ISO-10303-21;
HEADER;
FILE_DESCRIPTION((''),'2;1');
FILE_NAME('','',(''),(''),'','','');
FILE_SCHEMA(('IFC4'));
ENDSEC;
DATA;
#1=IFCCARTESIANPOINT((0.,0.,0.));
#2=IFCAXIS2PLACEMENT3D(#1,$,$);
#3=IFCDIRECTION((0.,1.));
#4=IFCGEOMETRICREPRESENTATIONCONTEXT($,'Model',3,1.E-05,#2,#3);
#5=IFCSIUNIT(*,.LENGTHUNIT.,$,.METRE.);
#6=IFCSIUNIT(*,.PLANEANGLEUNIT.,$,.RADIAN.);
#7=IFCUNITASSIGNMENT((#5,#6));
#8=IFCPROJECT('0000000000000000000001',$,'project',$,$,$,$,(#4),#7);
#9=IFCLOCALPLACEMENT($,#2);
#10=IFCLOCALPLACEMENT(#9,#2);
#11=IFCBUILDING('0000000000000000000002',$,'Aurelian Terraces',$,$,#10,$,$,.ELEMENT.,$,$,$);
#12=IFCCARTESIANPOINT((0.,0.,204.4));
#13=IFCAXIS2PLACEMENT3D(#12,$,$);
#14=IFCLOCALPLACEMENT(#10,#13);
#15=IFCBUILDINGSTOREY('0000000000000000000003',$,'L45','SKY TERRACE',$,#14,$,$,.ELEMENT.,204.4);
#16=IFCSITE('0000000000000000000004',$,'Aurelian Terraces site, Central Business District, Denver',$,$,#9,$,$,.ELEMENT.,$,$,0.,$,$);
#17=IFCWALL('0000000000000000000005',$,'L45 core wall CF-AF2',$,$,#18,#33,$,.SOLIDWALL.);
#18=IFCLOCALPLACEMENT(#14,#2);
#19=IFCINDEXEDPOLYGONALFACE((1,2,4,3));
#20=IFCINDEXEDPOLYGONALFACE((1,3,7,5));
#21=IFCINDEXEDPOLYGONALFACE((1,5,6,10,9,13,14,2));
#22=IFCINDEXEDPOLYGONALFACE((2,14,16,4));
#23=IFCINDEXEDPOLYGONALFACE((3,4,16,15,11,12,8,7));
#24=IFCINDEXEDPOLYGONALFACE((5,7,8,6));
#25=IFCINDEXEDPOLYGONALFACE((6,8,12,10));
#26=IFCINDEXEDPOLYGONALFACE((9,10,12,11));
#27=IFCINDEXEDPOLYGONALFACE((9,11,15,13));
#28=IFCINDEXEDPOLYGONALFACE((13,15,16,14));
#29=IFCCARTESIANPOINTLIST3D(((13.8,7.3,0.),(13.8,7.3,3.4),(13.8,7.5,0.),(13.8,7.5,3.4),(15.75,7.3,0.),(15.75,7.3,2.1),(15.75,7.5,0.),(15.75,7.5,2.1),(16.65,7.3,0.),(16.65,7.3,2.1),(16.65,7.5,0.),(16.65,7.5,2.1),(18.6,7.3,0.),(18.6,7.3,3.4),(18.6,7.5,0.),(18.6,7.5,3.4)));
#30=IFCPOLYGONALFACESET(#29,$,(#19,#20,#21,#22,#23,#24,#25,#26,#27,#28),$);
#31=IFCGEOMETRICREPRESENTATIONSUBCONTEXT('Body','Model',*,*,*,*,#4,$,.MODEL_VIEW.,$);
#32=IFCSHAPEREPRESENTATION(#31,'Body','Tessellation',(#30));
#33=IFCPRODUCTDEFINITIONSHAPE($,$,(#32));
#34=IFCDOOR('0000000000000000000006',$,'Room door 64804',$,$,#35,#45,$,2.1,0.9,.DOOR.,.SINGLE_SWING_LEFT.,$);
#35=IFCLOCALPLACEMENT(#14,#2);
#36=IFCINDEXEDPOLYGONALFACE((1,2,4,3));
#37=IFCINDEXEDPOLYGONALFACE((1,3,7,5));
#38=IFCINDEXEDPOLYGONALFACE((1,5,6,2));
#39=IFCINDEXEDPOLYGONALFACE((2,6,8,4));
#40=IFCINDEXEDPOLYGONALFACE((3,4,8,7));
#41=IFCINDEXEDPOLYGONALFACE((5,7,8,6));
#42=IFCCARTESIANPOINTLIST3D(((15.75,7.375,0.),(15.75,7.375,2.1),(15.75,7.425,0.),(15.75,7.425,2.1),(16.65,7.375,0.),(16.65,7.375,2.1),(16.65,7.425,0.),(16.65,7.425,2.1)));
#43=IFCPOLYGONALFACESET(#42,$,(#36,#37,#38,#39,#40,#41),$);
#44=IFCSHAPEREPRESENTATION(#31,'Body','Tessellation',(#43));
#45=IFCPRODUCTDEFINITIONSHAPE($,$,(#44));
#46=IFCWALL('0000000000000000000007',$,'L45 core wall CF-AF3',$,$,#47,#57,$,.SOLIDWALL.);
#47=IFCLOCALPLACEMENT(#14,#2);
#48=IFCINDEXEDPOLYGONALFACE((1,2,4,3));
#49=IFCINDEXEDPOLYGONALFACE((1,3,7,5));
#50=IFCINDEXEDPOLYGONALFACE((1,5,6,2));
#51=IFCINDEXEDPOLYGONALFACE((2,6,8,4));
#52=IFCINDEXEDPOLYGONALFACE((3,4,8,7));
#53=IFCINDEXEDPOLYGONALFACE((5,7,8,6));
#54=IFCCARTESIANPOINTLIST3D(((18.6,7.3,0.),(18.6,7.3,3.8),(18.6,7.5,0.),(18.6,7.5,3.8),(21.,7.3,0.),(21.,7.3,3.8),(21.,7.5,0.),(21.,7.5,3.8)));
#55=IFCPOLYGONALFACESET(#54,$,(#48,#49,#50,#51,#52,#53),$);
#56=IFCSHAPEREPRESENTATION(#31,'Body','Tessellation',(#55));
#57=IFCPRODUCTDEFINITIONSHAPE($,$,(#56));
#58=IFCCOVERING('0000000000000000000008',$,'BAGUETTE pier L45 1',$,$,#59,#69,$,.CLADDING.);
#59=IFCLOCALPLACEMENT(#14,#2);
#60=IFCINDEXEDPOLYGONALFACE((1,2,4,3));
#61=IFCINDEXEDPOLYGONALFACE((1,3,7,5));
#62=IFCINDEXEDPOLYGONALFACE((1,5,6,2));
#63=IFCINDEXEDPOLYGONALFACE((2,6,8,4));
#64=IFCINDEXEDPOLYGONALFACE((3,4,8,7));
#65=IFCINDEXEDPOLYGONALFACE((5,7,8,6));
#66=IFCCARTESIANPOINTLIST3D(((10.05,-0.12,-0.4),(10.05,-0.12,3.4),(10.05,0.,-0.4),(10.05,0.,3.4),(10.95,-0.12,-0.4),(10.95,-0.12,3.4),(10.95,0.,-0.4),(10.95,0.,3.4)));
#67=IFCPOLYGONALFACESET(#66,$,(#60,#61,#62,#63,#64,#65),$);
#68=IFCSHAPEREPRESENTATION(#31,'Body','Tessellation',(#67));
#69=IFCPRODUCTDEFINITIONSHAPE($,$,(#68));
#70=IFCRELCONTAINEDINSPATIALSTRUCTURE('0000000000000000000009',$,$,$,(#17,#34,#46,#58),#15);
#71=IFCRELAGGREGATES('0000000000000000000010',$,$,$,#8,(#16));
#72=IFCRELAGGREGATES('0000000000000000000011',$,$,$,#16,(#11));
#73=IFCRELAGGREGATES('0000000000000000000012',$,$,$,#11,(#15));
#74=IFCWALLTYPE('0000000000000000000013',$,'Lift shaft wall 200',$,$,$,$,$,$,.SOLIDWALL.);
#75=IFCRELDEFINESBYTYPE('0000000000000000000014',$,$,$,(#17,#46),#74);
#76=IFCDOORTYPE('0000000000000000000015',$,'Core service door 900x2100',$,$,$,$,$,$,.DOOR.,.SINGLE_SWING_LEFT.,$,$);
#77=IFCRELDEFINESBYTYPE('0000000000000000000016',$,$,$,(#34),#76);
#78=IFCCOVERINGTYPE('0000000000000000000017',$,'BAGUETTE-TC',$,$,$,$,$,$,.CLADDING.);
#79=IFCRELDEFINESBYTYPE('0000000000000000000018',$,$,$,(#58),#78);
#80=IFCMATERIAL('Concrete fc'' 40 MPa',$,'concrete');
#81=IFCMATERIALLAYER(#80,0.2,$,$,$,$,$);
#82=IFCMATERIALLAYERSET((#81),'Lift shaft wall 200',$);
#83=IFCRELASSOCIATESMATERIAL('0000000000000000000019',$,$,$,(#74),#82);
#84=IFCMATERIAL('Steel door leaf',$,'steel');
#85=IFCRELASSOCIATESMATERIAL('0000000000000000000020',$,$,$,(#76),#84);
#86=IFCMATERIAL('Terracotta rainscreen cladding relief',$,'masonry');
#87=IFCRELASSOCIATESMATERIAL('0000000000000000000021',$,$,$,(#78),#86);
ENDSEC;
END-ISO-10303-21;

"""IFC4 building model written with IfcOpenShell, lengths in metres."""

from ifc_helpers import new_model, si_unit, direction, frame, frame_2d, origin, origin_2d, place, context, subcontext, project, spatial, rectangle, extrude, source, transform, mapped, material, layer, layer_set, type_object, element, fill, save


model = new_model("IFC4")

# Units and contexts
model_context = context("Model", 3, precision=1e-05, world=origin(), true_north=direction((0.0, 1.0)))
body_context = subcontext(model_context, "Body", "Model", "MODEL_VIEW")
ifc_project = project(units=[si_unit("LENGTHUNIT", "METRE"), si_unit("PLANEANGLEUNIT", "RADIAN")], contexts=[model_context])

# Site, building, storey
site_placement = place(None, origin())
site = spatial("IfcSite", under=ifc_project, at=site_placement, Name="Aurelian Terraces site, Central Business District, Denver", CompositionType="ELEMENT", RefElevation=0.0)
building_placement = place(site_placement, origin())
building = spatial("IfcBuilding", under=site, at=building_placement, Name="Aurelian Terraces", CompositionType="ELEMENT")
storey_placement = place(building_placement, frame((0.0, 0.0, 204.4)))
storey = spatial("IfcBuildingStorey", under=building, at=storey_placement, Name="L45", Description="SKY TERRACE", CompositionType="ELEMENT", Elevation=204.4)

# Shared definitions
ifc_material_1 = material(Name="Concrete fc' 40 MPa", Category="concrete")

# Shared definitions
ifc_layer_1 = layer(ifc_material_1, 0.2)
ifc_layer_set_1 = layer_set([ifc_layer_1], Name="Lift shaft wall 200")
wall_type_1 = type_object("IfcWallType", Name="Lift shaft wall 200", PredefinedType="SOLIDWALL", material=ifc_layer_set_1)

# Wall, opening, door
shared_shape_1 = source(origin(), body_context, "Body", "SweptSolid", [
    extrude(rectangle(XDim=4.8, YDim=0.2, at=frame_2d((2.4, 0.0))), origin(), (0.0, 0.0, 1.0), 3.4),
])
wall_1_placement = place(storey_placement, frame((13.8, 7.4, 0.0), z_axis=(0.0, 0.0, 1.0), x_axis=(1.0, 0.0, 0.0)))
wall_1 = element("IfcWall", 1, at=wall_1_placement, inside=storey, type_object=wall_type_1, Name="L45 core wall CF-AF2", PredefinedType="SOLIDWALL", context=body_context, shape_type="MappedRepresentation", body=[
    mapped(shared_shape_1, transform((0.0, 0.0, 0.0), scale=1.0)),
])
shared_shape_2 = source(origin(), body_context, "Body", "SweptSolid", [
    extrude(rectangle(XDim=0.9, YDim=2.1, at=frame_2d((0.45, 1.05))), frame((0.0, 0.11, 0.0), z_axis=(0.0, -1.0, 0.0), x_axis=(1.0, 0.0, 0.0)), (0.0, 0.0, 1.0), 0.22),
])
opening_1_placement = place(wall_1_placement, frame((1.95, 0.0, 0.0)))
opening_1 = element("IfcOpeningElement", 2, at=opening_1_placement, cuts=wall_1, PredefinedType="OPENING", context=body_context, shape_type="MappedRepresentation", body=[
    mapped(shared_shape_2, transform((0.0, 0.0, 0.0), scale=1.0)),
])
ifc_material_2 = material(Name="Steel door leaf", Category="steel")
door_type_1 = type_object("IfcDoorType", Name="Core service door 900x2100", OperationType="SINGLE_SWING_LEFT", PredefinedType="DOOR", material=ifc_material_2)
shared_shape_3 = source(origin(), body_context, "Body", "SweptSolid", [
    extrude(rectangle(XDim=0.9, YDim=2.1, at=frame_2d((0.45, 1.05))), frame((0.0, 0.025, 0.0), z_axis=(0.0, -1.0, 0.0), x_axis=(1.0, 0.0, 0.0)), (0.0, 0.0, 1.0), 0.05),
])
door_1_placement = place(opening_1_placement, origin())
door_1 = element("IfcDoor", 3, at=door_1_placement, inside=storey, type_object=door_type_1, Name="Room door 64804", OperationType="SINGLE_SWING_LEFT", OverallHeight=2.1, OverallWidth=0.9, PredefinedType="DOOR", context=body_context, shape_type="MappedRepresentation", body=[
    mapped(shared_shape_3, transform((0.0, 0.0, 0.0), scale=1.0)),
])
fill(opening_1, door_1)

# Wall
shared_shape_4 = source(origin(), body_context, "Body", "SweptSolid", [
    extrude(rectangle(XDim=2.4, YDim=0.2, at=frame_2d((1.2, 0.0))), origin(), (0.0, 0.0, 1.0), 3.8),
])
wall_2_placement = place(storey_placement, frame((18.6, 7.4, 0.0), z_axis=(0.0, 0.0, 1.0), x_axis=(1.0, 0.0, 0.0)))
element("IfcWall", 4, at=wall_2_placement, inside=storey, type_object=wall_type_1, Name="L45 core wall CF-AF3", PredefinedType="SOLIDWALL", context=body_context, shape_type="MappedRepresentation", body=[
    mapped(shared_shape_4, transform((0.0, 0.0, 0.0), scale=1.0)),
])

# Covering
ifc_material_3 = material(Name="Terracotta rainscreen cladding relief", Category="masonry")
covering_type = type_object("IfcCoveringType", Name="BAGUETTE-TC", PredefinedType="CLADDING", material=ifc_material_3)
shared_shape_5 = source(origin(), body_context, "Body", "SweptSolid", [
    extrude(rectangle(XDim=0.9, YDim=0.12, at=origin_2d()), origin(), (0.0, 0.0, 1.0), 3.8),
])
covering_placement = place(storey_placement, frame((10.5, -0.06, -0.4), z_axis=(0.0, 0.0, 1.0), x_axis=(1.0, 0.0, 0.0)))
element("IfcCovering", 5, at=covering_placement, inside=storey, type_object=covering_type, Name="BAGUETTE pier L45 1", PredefinedType="CLADDING", context=body_context, shape_type="MappedRepresentation", body=[
    mapped(shared_shape_5, transform((0.0, 0.0, 0.0), scale=1.0)),
])

save(model, "model.ifc")
